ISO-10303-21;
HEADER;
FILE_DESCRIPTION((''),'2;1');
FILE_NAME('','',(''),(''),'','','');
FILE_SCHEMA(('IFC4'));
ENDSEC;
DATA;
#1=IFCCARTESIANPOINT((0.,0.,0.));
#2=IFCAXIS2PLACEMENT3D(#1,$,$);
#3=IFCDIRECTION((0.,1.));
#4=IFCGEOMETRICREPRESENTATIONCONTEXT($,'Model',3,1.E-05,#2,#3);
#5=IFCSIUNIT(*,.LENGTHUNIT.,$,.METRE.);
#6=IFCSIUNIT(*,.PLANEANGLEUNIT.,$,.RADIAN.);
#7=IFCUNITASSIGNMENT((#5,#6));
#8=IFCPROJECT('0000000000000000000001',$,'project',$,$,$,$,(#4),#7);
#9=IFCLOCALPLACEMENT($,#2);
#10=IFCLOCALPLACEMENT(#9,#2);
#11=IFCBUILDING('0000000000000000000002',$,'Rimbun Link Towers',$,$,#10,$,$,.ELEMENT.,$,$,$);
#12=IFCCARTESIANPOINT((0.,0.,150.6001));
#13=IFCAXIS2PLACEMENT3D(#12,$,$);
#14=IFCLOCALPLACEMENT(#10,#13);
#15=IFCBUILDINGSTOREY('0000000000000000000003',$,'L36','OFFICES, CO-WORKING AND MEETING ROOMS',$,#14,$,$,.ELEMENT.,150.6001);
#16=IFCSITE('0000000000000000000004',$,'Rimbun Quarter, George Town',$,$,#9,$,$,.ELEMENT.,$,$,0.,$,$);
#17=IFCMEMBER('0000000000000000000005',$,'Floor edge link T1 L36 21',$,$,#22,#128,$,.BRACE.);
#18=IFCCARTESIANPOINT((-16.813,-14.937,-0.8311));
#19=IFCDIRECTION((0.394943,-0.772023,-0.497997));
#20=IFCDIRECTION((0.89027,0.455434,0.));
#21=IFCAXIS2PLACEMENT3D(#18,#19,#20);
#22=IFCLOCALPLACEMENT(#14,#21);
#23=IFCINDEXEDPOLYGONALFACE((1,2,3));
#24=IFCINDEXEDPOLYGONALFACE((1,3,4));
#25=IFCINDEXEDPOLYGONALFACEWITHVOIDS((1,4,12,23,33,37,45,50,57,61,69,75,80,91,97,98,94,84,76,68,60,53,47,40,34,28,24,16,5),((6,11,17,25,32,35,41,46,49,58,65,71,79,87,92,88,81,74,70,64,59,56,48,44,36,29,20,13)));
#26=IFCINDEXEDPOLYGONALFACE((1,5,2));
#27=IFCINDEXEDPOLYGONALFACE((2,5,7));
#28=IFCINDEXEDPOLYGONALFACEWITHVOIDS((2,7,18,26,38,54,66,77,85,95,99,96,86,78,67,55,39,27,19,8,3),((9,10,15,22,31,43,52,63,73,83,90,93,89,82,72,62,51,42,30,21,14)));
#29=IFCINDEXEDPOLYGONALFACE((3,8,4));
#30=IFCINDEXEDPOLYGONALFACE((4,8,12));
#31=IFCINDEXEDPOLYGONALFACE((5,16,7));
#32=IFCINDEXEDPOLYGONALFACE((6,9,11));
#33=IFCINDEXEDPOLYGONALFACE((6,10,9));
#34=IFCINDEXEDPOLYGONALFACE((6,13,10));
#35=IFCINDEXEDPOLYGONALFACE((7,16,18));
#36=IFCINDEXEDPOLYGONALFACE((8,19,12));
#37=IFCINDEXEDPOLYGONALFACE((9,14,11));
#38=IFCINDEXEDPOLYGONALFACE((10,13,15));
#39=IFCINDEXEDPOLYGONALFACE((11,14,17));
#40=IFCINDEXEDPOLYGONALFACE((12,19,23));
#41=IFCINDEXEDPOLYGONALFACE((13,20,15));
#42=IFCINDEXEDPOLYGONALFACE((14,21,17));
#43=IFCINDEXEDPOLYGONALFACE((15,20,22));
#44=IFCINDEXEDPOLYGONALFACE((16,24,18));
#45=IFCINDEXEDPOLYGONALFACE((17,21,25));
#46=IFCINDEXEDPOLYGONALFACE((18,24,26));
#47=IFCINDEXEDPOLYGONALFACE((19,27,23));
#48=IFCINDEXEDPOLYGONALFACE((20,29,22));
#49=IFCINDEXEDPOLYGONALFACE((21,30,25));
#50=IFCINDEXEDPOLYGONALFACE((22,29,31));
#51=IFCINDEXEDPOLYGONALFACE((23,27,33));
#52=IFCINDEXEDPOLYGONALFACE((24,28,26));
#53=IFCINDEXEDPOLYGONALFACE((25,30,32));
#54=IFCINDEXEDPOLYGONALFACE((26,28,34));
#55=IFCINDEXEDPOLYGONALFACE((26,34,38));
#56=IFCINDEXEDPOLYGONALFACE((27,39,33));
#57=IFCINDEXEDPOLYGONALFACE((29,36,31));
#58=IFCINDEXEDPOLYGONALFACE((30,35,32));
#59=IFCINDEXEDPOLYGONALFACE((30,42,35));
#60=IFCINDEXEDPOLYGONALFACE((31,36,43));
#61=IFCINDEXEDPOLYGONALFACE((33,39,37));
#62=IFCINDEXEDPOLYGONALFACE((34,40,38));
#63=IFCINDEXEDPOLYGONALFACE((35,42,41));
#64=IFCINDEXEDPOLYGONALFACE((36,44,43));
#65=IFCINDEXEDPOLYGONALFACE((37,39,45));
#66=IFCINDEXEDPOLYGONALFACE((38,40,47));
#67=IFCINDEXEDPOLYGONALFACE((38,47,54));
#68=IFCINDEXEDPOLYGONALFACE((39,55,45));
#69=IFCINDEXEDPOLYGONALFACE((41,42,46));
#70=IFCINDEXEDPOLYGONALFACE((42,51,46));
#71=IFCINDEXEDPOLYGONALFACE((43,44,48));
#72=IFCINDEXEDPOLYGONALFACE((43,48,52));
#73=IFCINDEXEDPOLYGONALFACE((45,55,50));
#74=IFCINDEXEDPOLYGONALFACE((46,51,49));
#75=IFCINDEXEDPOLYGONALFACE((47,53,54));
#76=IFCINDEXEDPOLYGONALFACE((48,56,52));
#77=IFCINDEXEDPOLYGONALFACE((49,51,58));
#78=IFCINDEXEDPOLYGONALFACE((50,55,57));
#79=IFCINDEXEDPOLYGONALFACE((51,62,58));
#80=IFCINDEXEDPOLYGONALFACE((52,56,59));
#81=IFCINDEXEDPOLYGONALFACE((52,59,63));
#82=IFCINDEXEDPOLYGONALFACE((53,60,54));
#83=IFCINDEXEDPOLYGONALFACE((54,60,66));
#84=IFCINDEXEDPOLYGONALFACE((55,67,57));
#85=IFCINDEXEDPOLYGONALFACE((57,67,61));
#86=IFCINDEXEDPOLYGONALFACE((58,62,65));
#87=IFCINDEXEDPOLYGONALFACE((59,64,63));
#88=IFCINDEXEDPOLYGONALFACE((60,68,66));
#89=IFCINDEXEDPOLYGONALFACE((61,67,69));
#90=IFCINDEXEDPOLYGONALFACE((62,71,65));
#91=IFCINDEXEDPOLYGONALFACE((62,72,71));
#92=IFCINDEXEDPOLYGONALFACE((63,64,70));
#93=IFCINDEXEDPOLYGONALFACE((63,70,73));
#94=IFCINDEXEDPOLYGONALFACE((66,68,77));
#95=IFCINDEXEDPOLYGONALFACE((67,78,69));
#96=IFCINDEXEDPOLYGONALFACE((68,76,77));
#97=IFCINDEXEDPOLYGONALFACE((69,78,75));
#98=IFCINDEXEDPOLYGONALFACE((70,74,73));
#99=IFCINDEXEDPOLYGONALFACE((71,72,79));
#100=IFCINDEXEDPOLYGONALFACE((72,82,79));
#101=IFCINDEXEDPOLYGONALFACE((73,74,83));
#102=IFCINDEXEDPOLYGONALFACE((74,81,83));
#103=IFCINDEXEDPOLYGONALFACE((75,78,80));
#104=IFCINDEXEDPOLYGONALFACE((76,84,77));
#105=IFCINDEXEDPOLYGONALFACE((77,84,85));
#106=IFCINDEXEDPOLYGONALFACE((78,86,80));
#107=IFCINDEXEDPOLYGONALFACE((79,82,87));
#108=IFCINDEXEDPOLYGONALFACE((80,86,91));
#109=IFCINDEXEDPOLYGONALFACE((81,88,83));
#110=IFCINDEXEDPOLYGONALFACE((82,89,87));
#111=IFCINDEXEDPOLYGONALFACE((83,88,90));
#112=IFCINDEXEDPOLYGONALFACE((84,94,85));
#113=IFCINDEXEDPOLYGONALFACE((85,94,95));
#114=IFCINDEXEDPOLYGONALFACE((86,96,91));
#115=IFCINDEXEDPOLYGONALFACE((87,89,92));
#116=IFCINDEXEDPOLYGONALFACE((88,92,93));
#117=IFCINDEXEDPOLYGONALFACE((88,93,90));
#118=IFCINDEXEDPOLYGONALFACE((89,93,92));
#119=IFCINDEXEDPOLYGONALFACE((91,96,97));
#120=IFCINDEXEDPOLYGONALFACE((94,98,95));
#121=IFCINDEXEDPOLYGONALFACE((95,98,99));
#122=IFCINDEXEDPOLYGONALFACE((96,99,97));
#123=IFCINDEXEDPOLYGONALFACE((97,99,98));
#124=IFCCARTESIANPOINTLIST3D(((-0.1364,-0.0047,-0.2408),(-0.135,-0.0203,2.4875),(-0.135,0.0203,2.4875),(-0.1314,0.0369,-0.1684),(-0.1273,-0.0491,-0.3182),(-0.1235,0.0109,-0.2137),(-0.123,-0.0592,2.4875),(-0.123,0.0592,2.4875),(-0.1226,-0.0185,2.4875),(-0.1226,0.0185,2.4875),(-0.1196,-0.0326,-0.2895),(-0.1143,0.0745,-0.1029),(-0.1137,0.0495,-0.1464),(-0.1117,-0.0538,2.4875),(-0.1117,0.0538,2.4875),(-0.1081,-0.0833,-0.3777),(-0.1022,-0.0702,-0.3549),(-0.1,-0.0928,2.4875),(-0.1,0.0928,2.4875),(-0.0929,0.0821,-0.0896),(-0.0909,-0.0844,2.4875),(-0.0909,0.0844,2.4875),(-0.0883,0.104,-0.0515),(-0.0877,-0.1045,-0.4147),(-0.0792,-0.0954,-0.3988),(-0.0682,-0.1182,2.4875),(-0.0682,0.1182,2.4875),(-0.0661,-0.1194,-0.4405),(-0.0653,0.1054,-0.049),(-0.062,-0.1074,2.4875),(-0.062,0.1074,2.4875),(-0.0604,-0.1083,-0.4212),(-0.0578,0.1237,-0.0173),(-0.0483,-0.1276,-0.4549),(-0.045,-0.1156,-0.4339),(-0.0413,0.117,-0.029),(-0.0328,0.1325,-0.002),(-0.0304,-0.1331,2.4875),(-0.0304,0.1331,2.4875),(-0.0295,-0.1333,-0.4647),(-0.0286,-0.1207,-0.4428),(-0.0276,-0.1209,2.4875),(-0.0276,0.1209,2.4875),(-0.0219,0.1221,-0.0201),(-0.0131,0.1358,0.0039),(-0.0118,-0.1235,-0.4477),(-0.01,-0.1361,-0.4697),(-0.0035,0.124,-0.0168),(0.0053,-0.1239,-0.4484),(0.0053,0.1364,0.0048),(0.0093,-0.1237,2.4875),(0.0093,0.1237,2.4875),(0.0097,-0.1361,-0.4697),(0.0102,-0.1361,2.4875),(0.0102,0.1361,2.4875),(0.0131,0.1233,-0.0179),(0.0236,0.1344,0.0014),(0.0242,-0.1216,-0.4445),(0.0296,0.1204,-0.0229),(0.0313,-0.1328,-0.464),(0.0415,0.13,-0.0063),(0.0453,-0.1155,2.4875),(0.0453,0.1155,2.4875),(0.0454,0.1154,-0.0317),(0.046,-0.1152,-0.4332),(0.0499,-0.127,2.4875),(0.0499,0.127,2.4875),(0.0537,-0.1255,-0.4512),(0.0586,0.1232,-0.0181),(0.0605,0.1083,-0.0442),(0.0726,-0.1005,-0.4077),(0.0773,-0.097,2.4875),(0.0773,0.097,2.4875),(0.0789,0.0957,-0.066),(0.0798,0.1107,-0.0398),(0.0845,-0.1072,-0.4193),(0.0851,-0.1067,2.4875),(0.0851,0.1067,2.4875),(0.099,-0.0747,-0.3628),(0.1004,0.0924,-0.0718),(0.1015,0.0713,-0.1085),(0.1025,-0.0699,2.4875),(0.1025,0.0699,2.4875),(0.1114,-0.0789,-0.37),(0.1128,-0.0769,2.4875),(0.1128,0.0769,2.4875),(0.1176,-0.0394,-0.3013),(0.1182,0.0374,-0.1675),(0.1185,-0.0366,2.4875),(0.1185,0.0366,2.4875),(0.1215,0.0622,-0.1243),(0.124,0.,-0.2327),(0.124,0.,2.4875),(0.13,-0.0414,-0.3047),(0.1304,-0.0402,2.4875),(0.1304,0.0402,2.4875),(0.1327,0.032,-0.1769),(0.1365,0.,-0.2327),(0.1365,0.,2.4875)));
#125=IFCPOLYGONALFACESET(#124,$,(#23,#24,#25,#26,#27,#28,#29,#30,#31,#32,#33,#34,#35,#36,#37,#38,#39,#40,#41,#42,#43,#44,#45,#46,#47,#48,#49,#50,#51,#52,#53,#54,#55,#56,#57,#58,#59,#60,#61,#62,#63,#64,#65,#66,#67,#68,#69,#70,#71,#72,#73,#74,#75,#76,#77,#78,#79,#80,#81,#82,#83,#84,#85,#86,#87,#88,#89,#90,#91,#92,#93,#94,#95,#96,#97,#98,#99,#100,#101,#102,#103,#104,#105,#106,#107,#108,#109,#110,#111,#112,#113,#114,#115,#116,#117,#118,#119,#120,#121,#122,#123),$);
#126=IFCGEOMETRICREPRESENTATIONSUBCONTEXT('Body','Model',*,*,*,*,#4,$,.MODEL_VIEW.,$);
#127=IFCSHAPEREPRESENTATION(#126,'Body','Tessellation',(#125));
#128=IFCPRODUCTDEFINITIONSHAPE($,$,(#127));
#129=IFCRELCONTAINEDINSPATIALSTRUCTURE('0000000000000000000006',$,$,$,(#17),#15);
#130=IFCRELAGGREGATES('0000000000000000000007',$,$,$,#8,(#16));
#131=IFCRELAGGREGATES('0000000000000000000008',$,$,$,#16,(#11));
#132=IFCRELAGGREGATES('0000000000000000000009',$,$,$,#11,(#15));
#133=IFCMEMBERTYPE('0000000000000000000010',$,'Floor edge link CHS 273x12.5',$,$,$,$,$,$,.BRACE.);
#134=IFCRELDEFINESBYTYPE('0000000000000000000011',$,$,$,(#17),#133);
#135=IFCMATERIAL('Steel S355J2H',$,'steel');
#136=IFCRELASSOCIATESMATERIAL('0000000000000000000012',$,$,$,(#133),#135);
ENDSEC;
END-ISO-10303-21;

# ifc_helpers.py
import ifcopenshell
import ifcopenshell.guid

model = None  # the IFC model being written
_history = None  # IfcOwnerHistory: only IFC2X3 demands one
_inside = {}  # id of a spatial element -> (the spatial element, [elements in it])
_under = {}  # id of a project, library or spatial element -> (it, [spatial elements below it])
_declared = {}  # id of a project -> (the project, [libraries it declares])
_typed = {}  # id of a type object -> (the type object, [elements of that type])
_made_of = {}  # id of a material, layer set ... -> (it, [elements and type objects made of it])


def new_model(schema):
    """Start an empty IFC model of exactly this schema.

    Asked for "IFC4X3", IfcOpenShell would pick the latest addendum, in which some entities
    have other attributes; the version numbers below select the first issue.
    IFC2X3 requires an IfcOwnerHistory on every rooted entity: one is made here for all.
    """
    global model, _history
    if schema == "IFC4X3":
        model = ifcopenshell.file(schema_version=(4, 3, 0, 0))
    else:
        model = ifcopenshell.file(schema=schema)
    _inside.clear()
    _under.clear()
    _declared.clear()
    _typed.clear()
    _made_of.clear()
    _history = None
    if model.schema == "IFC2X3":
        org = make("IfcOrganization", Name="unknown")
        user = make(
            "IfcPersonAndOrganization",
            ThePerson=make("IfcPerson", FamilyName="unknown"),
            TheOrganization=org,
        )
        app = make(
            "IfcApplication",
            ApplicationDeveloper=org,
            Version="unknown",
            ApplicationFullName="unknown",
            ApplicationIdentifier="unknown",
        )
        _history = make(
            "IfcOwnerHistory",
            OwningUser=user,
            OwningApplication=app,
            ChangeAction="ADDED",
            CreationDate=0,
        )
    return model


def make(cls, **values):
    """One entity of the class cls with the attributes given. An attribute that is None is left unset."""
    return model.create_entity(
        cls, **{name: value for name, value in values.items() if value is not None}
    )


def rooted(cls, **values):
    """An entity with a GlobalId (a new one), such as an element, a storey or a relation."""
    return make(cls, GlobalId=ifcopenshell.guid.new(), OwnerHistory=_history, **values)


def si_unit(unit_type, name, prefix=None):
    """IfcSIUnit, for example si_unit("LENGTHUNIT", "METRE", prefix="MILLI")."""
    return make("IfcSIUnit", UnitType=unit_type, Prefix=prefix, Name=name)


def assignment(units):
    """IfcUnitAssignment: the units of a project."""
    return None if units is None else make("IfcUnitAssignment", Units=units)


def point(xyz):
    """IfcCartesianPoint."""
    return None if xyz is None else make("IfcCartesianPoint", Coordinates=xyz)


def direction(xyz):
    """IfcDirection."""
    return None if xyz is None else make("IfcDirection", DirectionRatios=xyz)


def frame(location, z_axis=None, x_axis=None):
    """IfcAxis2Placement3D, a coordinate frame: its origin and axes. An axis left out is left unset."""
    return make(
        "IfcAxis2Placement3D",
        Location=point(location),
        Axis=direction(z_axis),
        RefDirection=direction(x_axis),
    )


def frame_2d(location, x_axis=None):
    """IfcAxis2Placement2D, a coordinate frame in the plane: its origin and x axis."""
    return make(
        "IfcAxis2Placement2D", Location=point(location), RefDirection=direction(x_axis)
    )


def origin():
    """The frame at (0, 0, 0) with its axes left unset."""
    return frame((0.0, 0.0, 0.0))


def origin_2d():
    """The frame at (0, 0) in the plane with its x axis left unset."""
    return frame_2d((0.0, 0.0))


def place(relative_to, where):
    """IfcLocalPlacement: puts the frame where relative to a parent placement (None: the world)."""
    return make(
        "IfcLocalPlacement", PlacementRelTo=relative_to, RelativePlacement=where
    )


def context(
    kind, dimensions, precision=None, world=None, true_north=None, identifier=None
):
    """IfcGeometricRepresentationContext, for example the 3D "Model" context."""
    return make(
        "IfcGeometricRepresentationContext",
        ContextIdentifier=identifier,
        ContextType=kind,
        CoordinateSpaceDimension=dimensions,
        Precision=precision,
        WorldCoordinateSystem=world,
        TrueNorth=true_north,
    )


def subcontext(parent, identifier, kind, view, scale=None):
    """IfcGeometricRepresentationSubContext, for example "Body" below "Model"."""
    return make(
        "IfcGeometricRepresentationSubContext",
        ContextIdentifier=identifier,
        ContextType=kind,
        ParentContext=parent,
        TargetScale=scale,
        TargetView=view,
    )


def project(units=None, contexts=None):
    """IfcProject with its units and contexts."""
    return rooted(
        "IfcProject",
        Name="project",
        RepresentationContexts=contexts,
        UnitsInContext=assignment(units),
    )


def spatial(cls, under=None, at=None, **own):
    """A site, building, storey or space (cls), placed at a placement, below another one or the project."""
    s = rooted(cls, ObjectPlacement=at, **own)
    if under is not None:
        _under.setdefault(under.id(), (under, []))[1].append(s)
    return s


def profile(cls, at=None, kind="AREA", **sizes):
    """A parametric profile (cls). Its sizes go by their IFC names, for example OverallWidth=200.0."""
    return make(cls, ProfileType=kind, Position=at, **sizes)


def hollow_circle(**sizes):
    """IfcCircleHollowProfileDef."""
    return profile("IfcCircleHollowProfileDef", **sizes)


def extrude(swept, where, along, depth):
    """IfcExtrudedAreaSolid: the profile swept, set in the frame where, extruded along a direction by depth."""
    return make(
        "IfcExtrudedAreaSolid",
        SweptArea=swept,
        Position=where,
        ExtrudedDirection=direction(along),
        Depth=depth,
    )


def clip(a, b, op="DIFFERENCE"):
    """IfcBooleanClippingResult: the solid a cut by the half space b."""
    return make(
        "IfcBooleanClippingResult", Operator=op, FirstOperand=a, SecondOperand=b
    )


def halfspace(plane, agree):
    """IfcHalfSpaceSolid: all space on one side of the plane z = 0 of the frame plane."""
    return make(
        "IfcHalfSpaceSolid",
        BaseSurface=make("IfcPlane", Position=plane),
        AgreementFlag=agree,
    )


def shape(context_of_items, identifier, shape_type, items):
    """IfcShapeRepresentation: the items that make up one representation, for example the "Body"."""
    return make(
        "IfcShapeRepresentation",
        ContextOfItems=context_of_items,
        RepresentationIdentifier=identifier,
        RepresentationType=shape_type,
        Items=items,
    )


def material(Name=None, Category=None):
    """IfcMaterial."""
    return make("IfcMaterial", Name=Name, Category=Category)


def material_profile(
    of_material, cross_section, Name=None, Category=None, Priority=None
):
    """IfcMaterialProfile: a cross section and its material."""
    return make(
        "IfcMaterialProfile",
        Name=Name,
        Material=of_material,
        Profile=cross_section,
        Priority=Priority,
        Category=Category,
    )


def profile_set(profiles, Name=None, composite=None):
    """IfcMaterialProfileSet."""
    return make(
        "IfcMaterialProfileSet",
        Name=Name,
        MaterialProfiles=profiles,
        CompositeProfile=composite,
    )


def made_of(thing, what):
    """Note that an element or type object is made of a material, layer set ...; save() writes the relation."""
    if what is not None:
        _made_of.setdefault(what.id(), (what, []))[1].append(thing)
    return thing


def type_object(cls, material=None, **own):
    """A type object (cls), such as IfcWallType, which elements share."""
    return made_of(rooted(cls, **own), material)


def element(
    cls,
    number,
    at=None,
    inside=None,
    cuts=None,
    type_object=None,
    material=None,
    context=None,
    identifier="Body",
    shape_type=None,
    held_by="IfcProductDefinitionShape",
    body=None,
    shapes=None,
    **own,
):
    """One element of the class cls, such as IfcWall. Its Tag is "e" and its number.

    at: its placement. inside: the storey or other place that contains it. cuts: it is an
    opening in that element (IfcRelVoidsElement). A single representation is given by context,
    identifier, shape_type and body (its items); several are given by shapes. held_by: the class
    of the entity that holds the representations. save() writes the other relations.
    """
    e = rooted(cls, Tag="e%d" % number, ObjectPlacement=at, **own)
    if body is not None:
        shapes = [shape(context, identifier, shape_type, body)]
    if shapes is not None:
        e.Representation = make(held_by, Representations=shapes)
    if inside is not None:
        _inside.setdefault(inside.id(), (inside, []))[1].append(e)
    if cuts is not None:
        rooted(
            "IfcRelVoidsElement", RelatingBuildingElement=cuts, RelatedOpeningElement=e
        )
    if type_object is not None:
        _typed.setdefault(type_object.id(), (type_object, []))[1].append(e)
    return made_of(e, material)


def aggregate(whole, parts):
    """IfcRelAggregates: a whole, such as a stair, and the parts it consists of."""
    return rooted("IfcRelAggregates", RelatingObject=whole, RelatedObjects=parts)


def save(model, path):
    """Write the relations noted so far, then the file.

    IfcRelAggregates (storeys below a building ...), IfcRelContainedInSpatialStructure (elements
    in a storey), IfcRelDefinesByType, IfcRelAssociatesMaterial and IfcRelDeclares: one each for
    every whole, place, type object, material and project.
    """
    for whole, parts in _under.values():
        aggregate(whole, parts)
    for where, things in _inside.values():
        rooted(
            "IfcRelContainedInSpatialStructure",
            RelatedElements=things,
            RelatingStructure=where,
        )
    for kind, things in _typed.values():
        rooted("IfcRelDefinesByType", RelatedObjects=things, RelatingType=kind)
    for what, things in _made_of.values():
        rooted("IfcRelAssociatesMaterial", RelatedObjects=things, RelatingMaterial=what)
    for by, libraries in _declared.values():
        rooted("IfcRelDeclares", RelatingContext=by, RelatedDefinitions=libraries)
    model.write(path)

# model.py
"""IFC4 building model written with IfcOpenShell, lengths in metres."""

from ifc_helpers import new_model, si_unit, direction, frame, origin, origin_2d, place, context, subcontext, project, spatial, hollow_circle, extrude, clip, halfspace, material, material_profile, profile_set, type_object, element, save


model = new_model("IFC4")

# Units and contexts
model_context = context("Model", 3, precision=1e-05, world=origin(), true_north=direction((0.0, 1.0)))
body_context = subcontext(model_context, "Body", "Model", "MODEL_VIEW")
ifc_project = project(units=[si_unit("LENGTHUNIT", "METRE"), si_unit("PLANEANGLEUNIT", "RADIAN")], contexts=[model_context])

# Site, building, storey
site_placement = place(None, origin())
site = spatial("IfcSite", under=ifc_project, at=site_placement, Name="Rimbun Quarter, George Town", CompositionType="ELEMENT", RefElevation=0.0)
building_placement = place(site_placement, origin())
building = spatial("IfcBuilding", under=site, at=building_placement, Name="Rimbun Link Towers", CompositionType="ELEMENT")
storey_placement = place(building_placement, frame((0.0, 0.0, 150.6001)))
storey = spatial("IfcBuildingStorey", under=building, at=storey_placement, Name="L36", Description="OFFICES, CO-WORKING AND MEETING ROOMS", CompositionType="ELEMENT", Elevation=150.6001)

# Member
ifc_material_1 = material(Name="Steel S355J2H", Category="steel")
ifc_material_profile_1 = material_profile(ifc_material_1, hollow_circle(Radius=0.1365, WallThickness=0.0125, at=origin_2d()), Name="CHS 273x12.5")
ifc_profile_set_1 = profile_set([ifc_material_profile_1], Name="Steel S355J2H")
member_type_1 = type_object("IfcMemberType", Name="Floor edge link CHS 273x12.5", PredefinedType="BRACE", material=ifc_profile_set_1)
member_1_placement = place(storey_placement, frame((-16.813, -14.937, -0.8311), z_axis=(0.394943, -0.772023, -0.497997), x_axis=(0.89027, 0.455434, 0.0)))
element("IfcMember", 1, at=member_1_placement, inside=storey, type_object=member_type_1, Name="Floor edge link T1 L36 21", PredefinedType="BRACE", context=body_context, shape_type="Clipping", body=[
    clip(extrude(hollow_circle(Radius=0.1365, WallThickness=0.0125, at=origin_2d()), frame((0.0, 0.0, -0.4954)), (0.0, 0.0, 1.0), 2.9829), halfspace(frame((0.0, 0.0, -0.2327), z_axis=(0.0, 0.867179, -0.497997)), False)),
])

save(model, "model.ifc")
